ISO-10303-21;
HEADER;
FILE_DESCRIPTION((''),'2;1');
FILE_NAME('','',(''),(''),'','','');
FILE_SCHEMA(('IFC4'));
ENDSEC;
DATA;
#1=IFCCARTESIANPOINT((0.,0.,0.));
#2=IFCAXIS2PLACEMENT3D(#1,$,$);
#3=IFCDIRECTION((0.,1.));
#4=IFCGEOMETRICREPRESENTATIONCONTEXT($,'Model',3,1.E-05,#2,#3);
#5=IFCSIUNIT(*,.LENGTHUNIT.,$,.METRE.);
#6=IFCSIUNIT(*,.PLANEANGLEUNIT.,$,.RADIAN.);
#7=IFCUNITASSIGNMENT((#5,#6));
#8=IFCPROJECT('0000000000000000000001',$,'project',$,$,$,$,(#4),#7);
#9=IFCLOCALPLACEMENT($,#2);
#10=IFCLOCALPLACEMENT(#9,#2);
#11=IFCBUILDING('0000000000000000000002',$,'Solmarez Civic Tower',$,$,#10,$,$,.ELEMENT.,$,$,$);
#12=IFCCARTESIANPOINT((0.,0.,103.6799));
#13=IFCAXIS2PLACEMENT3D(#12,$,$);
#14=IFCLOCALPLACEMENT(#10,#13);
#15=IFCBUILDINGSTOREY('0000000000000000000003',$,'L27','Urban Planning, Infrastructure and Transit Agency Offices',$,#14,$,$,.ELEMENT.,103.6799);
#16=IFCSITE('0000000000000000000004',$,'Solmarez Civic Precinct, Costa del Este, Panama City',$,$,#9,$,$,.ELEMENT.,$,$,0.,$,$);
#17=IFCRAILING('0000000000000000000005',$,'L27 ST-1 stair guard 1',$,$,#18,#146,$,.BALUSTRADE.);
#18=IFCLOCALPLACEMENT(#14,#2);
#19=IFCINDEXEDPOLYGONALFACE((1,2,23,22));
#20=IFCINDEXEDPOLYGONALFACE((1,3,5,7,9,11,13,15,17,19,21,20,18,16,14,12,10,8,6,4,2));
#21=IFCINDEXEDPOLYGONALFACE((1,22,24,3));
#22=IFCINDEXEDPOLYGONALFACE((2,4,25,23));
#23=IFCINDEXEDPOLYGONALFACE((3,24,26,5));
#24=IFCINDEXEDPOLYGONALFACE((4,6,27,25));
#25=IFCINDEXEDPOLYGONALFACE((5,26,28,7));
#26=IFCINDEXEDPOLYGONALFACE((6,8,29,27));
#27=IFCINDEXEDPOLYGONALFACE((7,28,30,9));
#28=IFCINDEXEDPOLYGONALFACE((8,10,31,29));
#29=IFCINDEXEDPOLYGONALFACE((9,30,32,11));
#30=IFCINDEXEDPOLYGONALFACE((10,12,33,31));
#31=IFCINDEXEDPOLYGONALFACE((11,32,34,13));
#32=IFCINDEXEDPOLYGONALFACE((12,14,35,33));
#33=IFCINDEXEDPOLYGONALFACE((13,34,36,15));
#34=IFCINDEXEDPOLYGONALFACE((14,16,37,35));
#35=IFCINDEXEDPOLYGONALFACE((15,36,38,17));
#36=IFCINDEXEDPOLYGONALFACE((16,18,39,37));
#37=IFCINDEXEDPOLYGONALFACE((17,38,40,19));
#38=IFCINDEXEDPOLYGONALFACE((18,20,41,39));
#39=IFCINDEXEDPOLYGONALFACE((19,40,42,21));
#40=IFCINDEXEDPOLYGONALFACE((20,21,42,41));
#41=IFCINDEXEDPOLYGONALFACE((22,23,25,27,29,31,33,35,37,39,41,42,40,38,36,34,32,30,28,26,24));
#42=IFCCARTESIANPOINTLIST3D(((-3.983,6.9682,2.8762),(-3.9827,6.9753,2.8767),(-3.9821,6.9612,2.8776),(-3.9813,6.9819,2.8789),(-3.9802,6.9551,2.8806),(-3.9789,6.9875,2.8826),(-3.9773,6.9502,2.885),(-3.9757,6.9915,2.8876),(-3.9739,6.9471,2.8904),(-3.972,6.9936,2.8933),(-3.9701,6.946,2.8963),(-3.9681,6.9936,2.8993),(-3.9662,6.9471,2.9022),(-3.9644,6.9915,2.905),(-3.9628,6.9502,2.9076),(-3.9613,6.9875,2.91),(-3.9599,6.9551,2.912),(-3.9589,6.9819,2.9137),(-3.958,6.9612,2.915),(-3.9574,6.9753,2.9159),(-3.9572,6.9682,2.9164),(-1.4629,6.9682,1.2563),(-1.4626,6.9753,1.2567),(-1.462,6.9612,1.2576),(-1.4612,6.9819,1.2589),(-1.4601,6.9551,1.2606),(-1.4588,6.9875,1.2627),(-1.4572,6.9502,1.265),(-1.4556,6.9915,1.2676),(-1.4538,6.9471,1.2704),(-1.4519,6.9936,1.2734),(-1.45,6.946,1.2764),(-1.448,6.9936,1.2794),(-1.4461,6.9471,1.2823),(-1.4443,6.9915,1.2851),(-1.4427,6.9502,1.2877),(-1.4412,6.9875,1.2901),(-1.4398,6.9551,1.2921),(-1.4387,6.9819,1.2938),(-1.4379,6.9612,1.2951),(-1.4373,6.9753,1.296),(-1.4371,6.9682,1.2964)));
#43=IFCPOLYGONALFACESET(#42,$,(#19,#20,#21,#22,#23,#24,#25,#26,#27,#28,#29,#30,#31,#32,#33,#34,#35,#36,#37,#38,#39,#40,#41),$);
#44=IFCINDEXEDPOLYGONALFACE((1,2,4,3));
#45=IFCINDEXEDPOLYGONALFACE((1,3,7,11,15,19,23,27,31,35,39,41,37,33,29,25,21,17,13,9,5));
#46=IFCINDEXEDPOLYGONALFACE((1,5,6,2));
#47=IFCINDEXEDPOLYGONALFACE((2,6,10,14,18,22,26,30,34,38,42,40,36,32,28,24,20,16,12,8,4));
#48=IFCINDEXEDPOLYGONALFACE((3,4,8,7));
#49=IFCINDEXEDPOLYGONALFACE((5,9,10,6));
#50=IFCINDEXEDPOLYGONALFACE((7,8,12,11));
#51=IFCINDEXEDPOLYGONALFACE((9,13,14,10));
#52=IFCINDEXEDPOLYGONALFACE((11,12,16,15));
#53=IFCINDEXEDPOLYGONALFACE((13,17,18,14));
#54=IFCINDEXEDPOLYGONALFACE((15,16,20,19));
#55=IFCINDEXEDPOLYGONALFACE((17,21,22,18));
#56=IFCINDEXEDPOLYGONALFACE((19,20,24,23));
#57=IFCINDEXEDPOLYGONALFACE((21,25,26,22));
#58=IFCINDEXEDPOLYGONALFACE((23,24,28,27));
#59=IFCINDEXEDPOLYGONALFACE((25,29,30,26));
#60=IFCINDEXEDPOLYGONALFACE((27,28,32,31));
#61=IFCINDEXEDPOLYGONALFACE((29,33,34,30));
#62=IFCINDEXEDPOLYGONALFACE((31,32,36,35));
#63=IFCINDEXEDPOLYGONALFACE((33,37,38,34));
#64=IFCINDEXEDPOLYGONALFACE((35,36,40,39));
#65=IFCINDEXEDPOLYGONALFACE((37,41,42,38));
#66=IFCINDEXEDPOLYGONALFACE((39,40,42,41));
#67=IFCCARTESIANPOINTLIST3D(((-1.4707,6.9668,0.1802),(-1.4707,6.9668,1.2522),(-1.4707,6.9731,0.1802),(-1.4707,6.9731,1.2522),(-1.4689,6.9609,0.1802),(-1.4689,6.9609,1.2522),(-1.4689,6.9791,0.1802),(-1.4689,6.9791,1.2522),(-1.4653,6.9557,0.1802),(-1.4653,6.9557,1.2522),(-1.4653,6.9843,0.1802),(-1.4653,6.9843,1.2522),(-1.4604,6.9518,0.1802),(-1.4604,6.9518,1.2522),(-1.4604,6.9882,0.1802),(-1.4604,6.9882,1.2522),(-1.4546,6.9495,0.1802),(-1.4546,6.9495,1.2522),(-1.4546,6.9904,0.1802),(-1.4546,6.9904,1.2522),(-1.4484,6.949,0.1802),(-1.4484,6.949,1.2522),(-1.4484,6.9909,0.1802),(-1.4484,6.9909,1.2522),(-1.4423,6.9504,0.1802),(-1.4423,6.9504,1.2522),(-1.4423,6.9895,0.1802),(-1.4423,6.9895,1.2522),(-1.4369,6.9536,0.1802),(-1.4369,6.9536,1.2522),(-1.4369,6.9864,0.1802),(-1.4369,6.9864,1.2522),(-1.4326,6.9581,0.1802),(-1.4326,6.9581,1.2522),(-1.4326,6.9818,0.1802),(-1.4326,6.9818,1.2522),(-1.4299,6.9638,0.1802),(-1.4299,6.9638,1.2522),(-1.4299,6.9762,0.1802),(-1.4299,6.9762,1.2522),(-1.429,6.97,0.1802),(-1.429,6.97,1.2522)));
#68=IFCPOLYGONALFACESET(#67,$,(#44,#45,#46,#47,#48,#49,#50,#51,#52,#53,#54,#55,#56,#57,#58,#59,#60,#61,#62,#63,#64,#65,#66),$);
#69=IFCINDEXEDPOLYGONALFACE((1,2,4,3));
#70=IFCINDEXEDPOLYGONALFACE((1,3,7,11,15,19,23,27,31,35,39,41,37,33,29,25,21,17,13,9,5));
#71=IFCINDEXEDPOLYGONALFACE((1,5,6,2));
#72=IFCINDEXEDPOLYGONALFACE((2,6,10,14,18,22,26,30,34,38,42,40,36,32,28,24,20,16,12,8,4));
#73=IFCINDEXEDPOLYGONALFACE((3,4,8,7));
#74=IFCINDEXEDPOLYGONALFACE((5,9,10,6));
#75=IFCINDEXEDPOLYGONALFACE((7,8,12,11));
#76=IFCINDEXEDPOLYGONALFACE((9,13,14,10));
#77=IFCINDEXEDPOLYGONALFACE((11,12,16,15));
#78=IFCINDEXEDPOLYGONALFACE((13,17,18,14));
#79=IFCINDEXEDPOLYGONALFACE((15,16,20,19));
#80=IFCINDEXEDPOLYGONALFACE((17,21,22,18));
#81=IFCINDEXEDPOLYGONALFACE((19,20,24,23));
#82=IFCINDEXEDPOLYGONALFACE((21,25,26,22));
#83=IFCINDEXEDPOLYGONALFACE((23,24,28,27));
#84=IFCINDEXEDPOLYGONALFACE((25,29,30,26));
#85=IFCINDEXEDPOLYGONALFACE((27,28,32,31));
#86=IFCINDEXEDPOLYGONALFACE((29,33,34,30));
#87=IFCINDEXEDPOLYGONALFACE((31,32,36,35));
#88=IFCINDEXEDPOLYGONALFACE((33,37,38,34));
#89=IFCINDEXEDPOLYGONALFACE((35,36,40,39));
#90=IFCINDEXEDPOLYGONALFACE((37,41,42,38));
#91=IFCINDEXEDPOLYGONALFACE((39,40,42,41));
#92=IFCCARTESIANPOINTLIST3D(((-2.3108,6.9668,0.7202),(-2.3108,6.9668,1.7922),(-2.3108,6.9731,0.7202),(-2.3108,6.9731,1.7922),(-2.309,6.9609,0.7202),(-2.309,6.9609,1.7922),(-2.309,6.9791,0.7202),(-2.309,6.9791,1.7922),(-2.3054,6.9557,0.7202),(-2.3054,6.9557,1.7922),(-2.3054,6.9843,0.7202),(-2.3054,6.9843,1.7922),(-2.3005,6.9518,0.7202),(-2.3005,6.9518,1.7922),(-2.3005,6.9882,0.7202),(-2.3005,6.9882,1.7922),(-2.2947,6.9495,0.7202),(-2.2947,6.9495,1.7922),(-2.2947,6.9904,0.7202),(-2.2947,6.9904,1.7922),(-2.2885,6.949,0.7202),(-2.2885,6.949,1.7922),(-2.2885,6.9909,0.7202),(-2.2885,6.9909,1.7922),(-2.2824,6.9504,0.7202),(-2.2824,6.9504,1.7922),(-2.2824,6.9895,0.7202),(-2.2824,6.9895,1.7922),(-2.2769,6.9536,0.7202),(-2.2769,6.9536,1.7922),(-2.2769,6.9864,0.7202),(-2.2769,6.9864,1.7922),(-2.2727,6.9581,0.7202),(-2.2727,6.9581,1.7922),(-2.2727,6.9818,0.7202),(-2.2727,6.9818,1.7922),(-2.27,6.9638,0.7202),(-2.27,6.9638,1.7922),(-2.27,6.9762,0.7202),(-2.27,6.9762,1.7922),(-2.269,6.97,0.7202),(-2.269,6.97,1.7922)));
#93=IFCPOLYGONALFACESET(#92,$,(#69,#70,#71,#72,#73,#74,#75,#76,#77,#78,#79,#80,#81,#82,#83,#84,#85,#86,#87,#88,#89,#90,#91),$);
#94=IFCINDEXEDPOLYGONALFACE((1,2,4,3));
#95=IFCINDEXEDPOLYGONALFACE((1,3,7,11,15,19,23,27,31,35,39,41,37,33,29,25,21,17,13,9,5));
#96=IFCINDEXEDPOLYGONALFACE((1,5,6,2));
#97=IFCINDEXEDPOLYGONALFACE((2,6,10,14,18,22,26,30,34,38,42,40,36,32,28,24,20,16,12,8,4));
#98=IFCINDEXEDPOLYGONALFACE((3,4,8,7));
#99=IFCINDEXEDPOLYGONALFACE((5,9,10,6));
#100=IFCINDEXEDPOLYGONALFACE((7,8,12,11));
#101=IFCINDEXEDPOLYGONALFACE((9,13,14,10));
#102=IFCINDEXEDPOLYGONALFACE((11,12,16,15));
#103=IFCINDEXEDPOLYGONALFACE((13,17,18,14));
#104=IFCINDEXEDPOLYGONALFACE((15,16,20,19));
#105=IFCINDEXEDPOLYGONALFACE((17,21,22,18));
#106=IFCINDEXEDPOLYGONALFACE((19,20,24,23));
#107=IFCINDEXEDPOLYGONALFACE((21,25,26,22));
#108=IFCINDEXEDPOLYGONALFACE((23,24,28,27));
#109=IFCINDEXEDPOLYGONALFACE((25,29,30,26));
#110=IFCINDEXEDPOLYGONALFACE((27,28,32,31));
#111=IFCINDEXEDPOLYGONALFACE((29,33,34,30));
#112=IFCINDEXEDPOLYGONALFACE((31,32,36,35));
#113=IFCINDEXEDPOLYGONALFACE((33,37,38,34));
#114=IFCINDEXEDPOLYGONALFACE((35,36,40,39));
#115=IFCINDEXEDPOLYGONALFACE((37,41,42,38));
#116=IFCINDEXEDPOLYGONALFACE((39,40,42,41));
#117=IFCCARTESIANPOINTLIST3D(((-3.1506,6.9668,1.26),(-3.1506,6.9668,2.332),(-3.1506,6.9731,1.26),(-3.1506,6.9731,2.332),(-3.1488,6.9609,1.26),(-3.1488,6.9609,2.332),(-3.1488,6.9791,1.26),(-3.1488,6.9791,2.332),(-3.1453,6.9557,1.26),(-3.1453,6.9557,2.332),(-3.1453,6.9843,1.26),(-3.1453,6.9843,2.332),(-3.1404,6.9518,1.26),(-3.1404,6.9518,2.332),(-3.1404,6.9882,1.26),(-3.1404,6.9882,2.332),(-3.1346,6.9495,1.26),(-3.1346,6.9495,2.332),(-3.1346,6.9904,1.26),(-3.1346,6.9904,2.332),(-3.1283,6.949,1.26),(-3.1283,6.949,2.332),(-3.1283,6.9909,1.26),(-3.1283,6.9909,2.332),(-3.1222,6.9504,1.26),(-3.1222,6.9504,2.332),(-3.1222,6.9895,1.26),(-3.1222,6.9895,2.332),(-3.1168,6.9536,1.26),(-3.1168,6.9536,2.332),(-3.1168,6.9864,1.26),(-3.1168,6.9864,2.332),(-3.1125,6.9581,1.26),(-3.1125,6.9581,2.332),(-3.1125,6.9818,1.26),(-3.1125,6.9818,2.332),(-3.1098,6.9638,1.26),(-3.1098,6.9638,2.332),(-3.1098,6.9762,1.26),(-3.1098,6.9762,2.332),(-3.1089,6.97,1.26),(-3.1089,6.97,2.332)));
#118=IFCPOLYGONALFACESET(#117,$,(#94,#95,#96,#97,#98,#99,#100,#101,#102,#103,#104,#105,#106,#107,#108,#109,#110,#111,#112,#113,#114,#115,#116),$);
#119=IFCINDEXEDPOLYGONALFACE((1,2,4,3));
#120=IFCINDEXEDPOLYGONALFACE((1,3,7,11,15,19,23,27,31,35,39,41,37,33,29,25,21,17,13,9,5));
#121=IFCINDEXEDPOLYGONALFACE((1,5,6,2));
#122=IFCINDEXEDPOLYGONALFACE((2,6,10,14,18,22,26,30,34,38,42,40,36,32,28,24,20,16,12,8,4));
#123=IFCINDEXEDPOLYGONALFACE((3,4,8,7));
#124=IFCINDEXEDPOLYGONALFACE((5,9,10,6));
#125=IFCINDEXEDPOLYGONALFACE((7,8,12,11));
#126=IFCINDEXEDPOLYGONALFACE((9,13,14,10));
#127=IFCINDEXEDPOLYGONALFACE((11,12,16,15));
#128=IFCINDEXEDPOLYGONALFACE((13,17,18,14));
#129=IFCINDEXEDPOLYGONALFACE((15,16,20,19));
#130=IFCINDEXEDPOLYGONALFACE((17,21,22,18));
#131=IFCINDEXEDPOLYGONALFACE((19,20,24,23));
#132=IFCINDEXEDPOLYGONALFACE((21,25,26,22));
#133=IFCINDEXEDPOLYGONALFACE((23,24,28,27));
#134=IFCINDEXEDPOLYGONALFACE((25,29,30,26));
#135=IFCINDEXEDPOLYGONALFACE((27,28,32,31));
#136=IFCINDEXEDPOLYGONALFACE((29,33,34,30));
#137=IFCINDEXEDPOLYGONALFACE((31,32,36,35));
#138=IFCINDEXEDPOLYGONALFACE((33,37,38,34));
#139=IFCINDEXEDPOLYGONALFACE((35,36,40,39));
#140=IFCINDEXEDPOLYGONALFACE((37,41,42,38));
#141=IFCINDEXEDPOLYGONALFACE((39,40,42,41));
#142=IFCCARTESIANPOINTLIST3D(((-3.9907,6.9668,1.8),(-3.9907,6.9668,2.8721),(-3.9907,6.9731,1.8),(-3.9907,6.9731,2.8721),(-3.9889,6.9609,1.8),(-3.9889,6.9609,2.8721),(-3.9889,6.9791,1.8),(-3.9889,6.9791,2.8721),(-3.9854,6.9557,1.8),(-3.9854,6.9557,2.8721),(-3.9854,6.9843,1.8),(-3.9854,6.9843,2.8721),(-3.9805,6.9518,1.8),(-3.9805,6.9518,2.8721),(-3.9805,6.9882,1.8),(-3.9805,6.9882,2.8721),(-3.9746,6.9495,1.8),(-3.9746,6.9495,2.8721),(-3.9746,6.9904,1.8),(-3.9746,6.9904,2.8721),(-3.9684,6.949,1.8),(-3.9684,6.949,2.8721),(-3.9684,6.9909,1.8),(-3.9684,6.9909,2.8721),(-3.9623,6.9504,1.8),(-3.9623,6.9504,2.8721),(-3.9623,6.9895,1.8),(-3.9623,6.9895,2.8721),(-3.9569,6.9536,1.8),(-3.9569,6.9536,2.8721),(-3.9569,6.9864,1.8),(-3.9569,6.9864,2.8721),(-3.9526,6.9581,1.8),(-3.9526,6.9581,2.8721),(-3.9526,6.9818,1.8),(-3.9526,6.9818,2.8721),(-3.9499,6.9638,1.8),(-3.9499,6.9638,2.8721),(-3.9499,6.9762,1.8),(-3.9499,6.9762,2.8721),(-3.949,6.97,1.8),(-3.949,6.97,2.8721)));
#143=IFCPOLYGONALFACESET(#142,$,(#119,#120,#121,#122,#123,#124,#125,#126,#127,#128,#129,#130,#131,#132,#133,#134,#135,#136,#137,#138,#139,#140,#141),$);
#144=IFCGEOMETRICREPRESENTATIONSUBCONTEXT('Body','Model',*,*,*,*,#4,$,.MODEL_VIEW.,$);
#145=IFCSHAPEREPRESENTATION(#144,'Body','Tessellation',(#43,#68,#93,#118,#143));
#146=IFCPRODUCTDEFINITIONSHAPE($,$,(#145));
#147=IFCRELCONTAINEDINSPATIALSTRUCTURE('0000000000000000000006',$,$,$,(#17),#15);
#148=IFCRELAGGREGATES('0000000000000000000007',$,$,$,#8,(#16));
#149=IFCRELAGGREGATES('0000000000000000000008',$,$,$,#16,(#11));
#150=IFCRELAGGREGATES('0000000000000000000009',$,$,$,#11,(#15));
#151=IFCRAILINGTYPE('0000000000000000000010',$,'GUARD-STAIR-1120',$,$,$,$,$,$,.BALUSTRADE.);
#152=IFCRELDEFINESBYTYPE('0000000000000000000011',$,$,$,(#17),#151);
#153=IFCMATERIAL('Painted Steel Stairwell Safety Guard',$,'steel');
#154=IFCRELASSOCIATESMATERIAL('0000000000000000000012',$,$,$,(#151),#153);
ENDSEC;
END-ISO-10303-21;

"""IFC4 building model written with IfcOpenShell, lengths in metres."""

from ifc_helpers import new_model, si_unit, direction, frame, origin, origin_2d, place, context, subcontext, project, spatial, circle, extrude, material, type_object, element, save


model = new_model("IFC4")

# Units and contexts
model_context = context("Model", 3, precision=1e-05, world=origin(), true_north=direction((0.0, 1.0)))
body_context = subcontext(model_context, "Body", "Model", "MODEL_VIEW")
ifc_project = project(units=[si_unit("LENGTHUNIT", "METRE"), si_unit("PLANEANGLEUNIT", "RADIAN")], contexts=[model_context])

# Site, building, storey
site_placement = place(None, origin())
site = spatial("IfcSite", under=ifc_project, at=site_placement, Name="Solmarez Civic Precinct, Costa del Este, Panama City", CompositionType="ELEMENT", RefElevation=0.0)
building_placement = place(site_placement, origin())
building = spatial("IfcBuilding", under=site, at=building_placement, Name="Solmarez Civic Tower", CompositionType="ELEMENT")
storey_placement = place(building_placement, frame((0.0, 0.0, 103.6799)))
storey = spatial("IfcBuildingStorey", under=building, at=storey_placement, Name="L27", Description="Urban Planning, Infrastructure and Transit Agency Offices", CompositionType="ELEMENT", Elevation=103.6799)

# Railing
ifc_material_1 = material(Name="Painted Steel Stairwell Safety Guard", Category="steel")
railing_type = type_object("IfcRailingType", Name="GUARD-STAIR-1120", PredefinedType="BALUSTRADE", material=ifc_material_1)
railing_1_placement = place(storey_placement, frame((-1.45, 6.97, 0.1802)))
element("IfcRailing", 1, at=railing_1_placement, inside=storey, type_object=railing_type, Name="L27 ST-1 stair guard 1", PredefinedType="BALUSTRADE", context=body_context, shape_type="SweptSolid", body=[
    extrude(circle(Radius=0.0239, at=origin_2d()), frame((0.0, 0.0, 1.0962), z_axis=(-0.8412, 0.0, 0.540725), x_axis=(0.0, -1.0, 0.0)), (0.0, 0.0, 1.0), 2.9958),
    extrude(circle(Radius=0.021, at=origin_2d()), origin(), (0.0, 0.0, 1.0), 1.072),
    extrude(circle(Radius=0.021, at=origin_2d()), frame((-0.8401, 0.0, 0.54)), (0.0, 0.0, 1.0), 1.072),
    extrude(circle(Radius=0.021, at=origin_2d()), frame((-1.6799, 0.0, 1.0798)), (0.0, 0.0, 1.0), 1.072),
    extrude(circle(Radius=0.021, at=origin_2d()), frame((-2.52, 0.0, 1.6199)), (0.0, 0.0, 1.0), 1.072),
])

save(model, "model.ifc")
